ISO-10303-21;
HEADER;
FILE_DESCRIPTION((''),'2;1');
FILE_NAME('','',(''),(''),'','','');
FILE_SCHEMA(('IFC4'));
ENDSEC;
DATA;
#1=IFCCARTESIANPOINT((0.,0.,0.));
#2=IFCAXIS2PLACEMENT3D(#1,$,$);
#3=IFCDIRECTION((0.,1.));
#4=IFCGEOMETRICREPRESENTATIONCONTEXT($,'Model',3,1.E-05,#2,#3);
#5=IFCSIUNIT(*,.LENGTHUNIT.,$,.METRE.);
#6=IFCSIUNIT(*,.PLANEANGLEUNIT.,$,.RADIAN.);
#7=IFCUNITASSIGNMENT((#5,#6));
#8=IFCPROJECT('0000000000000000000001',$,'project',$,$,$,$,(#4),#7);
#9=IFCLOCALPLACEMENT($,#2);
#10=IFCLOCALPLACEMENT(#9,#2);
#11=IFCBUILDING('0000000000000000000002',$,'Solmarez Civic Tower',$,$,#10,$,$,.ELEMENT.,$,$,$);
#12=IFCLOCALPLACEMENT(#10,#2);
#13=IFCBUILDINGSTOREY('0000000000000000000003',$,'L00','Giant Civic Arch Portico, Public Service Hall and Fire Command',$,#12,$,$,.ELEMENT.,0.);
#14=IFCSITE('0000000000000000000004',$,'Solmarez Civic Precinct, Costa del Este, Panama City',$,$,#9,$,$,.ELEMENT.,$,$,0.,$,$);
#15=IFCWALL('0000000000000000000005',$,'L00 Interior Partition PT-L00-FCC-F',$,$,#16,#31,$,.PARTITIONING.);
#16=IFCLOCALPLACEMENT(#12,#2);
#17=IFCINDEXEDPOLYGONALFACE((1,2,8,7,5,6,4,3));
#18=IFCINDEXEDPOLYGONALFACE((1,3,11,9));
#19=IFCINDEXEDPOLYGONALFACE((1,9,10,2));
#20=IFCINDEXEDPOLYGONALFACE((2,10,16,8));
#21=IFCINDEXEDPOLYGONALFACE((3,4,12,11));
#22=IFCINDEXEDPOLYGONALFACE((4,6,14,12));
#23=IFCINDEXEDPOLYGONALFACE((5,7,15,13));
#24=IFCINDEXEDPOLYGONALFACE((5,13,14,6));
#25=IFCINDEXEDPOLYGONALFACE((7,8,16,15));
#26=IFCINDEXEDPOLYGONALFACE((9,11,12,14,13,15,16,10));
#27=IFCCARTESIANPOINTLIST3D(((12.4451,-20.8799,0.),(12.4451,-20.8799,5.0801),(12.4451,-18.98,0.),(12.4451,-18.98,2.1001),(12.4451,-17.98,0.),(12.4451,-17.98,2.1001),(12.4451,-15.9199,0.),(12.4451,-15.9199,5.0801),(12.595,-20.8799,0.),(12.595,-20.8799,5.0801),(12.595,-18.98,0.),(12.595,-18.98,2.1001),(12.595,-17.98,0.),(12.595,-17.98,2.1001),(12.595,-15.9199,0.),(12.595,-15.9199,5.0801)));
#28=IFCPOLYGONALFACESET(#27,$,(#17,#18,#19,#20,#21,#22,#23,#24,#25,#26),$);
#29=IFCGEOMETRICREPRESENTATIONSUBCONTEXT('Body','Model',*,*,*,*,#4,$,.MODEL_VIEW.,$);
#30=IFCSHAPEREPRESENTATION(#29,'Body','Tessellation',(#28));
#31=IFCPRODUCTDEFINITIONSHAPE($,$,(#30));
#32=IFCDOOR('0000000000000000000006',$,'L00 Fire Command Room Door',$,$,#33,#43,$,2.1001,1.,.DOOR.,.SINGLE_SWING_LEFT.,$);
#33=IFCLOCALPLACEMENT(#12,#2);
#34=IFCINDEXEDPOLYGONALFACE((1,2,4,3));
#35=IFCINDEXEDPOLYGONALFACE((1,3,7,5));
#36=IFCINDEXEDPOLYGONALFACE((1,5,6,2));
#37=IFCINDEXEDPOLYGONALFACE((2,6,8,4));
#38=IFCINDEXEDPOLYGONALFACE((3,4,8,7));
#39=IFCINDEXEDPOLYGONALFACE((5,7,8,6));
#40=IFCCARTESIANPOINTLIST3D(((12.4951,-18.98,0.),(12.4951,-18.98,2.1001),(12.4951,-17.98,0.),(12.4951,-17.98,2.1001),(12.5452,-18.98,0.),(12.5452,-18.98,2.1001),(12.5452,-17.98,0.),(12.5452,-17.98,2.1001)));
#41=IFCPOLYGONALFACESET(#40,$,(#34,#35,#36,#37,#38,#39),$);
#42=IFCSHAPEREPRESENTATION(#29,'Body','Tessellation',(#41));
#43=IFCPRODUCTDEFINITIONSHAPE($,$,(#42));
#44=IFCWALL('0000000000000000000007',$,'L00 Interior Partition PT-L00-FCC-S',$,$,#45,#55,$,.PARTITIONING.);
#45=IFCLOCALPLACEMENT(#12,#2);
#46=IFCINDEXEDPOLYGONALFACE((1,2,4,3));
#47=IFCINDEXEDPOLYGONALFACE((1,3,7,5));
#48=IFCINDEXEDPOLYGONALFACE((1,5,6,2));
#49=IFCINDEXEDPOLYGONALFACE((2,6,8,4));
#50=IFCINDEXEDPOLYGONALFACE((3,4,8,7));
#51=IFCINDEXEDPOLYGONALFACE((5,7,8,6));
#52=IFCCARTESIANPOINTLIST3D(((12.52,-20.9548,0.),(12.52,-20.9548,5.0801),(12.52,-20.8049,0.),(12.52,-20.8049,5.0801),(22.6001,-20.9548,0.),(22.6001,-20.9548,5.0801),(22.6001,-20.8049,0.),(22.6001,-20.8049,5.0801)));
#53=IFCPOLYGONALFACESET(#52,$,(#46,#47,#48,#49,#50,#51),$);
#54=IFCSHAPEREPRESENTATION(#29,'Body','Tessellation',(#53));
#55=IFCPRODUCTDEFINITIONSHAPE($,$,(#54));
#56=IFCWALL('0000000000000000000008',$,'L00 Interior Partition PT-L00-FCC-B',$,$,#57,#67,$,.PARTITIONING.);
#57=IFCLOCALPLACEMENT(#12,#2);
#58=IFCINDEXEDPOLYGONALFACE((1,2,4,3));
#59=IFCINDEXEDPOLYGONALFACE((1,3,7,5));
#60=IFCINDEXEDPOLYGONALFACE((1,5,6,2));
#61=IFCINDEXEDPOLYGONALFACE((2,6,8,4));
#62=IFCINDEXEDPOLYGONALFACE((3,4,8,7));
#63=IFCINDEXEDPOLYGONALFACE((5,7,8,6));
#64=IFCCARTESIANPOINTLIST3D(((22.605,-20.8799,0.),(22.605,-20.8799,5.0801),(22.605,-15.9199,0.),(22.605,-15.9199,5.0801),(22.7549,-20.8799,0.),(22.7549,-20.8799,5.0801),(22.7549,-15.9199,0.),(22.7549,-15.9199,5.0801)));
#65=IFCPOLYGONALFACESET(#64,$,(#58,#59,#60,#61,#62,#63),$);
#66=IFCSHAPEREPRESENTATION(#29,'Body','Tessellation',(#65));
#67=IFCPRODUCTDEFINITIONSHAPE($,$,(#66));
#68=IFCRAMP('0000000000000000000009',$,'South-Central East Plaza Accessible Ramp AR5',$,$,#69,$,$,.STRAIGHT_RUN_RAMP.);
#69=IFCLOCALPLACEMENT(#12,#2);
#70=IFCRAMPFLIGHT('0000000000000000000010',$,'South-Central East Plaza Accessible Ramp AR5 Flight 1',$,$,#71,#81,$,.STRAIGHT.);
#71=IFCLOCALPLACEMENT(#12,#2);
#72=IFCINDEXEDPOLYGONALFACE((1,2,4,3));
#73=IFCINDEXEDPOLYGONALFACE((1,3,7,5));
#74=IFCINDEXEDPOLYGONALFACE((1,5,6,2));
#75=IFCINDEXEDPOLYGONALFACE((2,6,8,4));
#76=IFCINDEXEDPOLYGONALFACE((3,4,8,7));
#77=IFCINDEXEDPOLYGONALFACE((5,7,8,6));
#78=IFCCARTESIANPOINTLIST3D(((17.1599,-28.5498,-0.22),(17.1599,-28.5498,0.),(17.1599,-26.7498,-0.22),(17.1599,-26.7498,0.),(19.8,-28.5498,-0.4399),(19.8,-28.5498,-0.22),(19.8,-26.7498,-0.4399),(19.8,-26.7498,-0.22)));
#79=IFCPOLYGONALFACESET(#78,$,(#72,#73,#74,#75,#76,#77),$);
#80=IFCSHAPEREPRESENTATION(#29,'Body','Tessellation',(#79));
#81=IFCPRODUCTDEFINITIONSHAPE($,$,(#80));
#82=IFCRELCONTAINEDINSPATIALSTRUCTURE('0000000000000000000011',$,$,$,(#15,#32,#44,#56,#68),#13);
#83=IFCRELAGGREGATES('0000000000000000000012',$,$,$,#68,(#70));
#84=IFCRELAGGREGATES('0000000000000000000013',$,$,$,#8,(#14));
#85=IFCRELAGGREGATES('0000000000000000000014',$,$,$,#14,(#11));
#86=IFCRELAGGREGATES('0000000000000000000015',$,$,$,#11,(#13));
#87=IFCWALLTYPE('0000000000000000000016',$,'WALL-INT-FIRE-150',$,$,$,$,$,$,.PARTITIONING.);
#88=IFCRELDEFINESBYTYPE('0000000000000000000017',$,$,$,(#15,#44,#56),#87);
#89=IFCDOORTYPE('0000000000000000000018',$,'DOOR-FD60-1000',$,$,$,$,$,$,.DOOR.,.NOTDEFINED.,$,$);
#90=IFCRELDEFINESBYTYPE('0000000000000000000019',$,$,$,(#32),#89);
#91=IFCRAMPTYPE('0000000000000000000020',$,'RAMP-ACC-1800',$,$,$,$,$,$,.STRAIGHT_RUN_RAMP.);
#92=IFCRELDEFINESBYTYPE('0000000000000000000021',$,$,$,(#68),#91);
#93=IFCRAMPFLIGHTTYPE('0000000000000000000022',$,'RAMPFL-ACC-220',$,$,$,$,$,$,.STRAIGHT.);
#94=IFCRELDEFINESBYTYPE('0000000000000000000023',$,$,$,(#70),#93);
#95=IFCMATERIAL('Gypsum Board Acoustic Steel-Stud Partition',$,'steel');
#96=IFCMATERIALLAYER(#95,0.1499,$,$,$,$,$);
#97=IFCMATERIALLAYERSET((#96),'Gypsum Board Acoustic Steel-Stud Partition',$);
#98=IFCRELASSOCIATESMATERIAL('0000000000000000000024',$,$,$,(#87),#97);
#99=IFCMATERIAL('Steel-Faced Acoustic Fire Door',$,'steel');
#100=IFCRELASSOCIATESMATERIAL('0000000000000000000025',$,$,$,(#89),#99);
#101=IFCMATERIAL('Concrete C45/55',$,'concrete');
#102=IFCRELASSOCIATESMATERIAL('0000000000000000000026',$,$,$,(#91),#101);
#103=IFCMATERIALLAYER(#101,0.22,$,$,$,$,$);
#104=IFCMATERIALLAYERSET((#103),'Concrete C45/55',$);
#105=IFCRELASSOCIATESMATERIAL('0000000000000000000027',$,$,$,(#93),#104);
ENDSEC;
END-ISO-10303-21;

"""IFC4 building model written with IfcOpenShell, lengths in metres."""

from ifc_helpers import new_model, si_unit, direction, frame, frame_2d, origin, place, context, subcontext, project, spatial, polyline, rectangle, outline, extrude, material, layer, layer_set, type_object, element, fill, aggregate, save


model = new_model("IFC4")

# Units and contexts
model_context = context("Model", 3, precision=1e-05, world=origin(), true_north=direction((0.0, 1.0)))
body_context = subcontext(model_context, "Body", "Model", "MODEL_VIEW")
ifc_project = project(units=[si_unit("LENGTHUNIT", "METRE"), si_unit("PLANEANGLEUNIT", "RADIAN")], contexts=[model_context])

# Site, building, storey
site_placement = place(None, origin())
site = spatial("IfcSite", under=ifc_project, at=site_placement, Name="Solmarez Civic Precinct, Costa del Este, Panama City", CompositionType="ELEMENT", RefElevation=0.0)
building_placement = place(site_placement, origin())
building = spatial("IfcBuilding", under=site, at=building_placement, Name="Solmarez Civic Tower", CompositionType="ELEMENT")
storey_placement = place(building_placement, origin())
storey = spatial("IfcBuildingStorey", under=building, at=storey_placement, Name="L00", Description="Giant Civic Arch Portico, Public Service Hall and Fire Command", CompositionType="ELEMENT", Elevation=0.0)

# Shared definitions
ifc_material_1 = material(Name="Gypsum Board Acoustic Steel-Stud Partition", Category="steel")
ifc_layer_1 = layer(ifc_material_1, 0.1499)
ifc_layer_set_1 = layer_set([ifc_layer_1], Name="Gypsum Board Acoustic Steel-Stud Partition")
wall_type_1 = type_object("IfcWallType", Name="WALL-INT-FIRE-150", PredefinedType="PARTITIONING", material=ifc_layer_set_1)

# Wall, opening, door
wall_1_placement = place(storey_placement, frame((12.52, -20.8799, 0.0), z_axis=(0.0, 0.0, 1.0), x_axis=(0.0, 1.0, 0.0)))
wall_1 = element("IfcWall", 1, at=wall_1_placement, inside=storey, type_object=wall_type_1, Name="L00 Interior Partition PT-L00-FCC-F", PredefinedType="PARTITIONING", context=body_context, shape_type="SweptSolid", body=[
    extrude(rectangle(XDim=4.96, YDim=0.1499, at=frame_2d((2.48, 0.0))), origin(), (0.0, 0.0, 1.0), 5.0801),
])
opening_1_placement = place(wall_1_placement, frame((1.8999, 0.0, 0.0)))
opening_1 = element("IfcOpeningElement", 2, at=opening_1_placement, cuts=wall_1, PredefinedType="OPENING", context=body_context, shape_type="SweptSolid", body=[
    extrude(rectangle(XDim=1.0, YDim=2.1001, at=frame_2d((0.5, 1.05))), frame((0.0, 0.085, 0.0), z_axis=(0.0, -1.0, 0.0), x_axis=(1.0, 0.0, 0.0)), (0.0, 0.0, 1.0), 0.1699),
])
ifc_material_2 = material(Name="Steel-Faced Acoustic Fire Door", Category="steel")
door_type_1 = type_object("IfcDoorType", Name="DOOR-FD60-1000", OperationType="NOTDEFINED", PredefinedType="DOOR", material=ifc_material_2)
door_1_placement = place(opening_1_placement, origin())
door_1 = element("IfcDoor", 3, at=door_1_placement, inside=storey, type_object=door_type_1, Name="L00 Fire Command Room Door", OperationType="SINGLE_SWING_LEFT", OverallHeight=2.1001, OverallWidth=1.0, PredefinedType="DOOR", context=body_context, shape_type="SweptSolid", body=[
    extrude(rectangle(XDim=1.0, YDim=2.1001, at=frame_2d((0.5, 1.05))), frame((0.0, 0.0249, 0.0), z_axis=(0.0, -1.0, 0.0), x_axis=(1.0, 0.0, 0.0)), (0.0, 0.0, 1.0), 0.05),
])
fill(opening_1, door_1)

# Walls
wall_2_placement = place(storey_placement, frame((12.52, -20.8799, 0.0), z_axis=(0.0, 0.0, 1.0), x_axis=(1.0, 0.0, 0.0)))
element("IfcWall", 4, at=wall_2_placement, inside=storey, type_object=wall_type_1, Name="L00 Interior Partition PT-L00-FCC-S", PredefinedType="PARTITIONING", context=body_context, shape_type="SweptSolid", body=[
    extrude(rectangle(XDim=10.0801, YDim=0.1499, at=frame_2d((5.04, 0.0))), origin(), (0.0, 0.0, 1.0), 5.0801),
])
wall_3_placement = place(storey_placement, frame((22.6799, -20.8799, 0.0), z_axis=(0.0, 0.0, 1.0), x_axis=(0.0, 1.0, 0.0)))
element("IfcWall", 5, at=wall_3_placement, inside=storey, type_object=wall_type_1, Name="L00 Interior Partition PT-L00-FCC-B", PredefinedType="PARTITIONING", context=body_context, shape_type="SweptSolid", body=[
    extrude(rectangle(XDim=4.96, YDim=0.1499, at=frame_2d((2.48, 0.0))), origin(), (0.0, 0.0, 1.0), 5.0801),
])

# Ramp, ramp flight
ifc_material_3 = material(Name="Concrete C45/55", Category="concrete")
ramp_type = type_object("IfcRampType", Name="RAMP-ACC-1800", PredefinedType="STRAIGHT_RUN_RAMP", material=ifc_material_3)
ramp_placement = place(storey_placement, origin())
ramp = element("IfcRamp", 6, at=ramp_placement, inside=storey, type_object=ramp_type, Name="South-Central East Plaza Accessible Ramp AR5", PredefinedType="STRAIGHT_RUN_RAMP")
ifc_layer_2 = layer(ifc_material_3, 0.22)
ifc_layer_set_2 = layer_set([ifc_layer_2], Name="Concrete C45/55")
ramp_flight_type = type_object("IfcRampFlightType", Name="RAMPFL-ACC-220", PredefinedType="STRAIGHT", material=ifc_layer_set_2)
ramp_flight_placement = place(storey_placement, frame((19.8, -27.6499, -0.22), z_axis=(0.0, 0.0, 1.0), x_axis=(-1.0, 0.0, 0.0)))
ramp_flight = element("IfcRampFlight", 7, at=ramp_flight_placement, type_object=ramp_flight_type, Name="South-Central East Plaza Accessible Ramp AR5 Flight 1", PredefinedType="STRAIGHT", context=body_context, shape_type="SweptSolid", body=[
    extrude(outline(polyline([(0.0, 0.0), (2.6401, 0.22), (2.6401, 0.0), (0.0, -0.22), (0.0, 0.0)])), frame((0.0, 0.8999, 0.0), z_axis=(0.0, -1.0, 0.0), x_axis=(1.0, 0.0, 0.0)), (0.0, 0.0, 1.0), 1.8),
])
aggregate(ramp, [ramp_flight])

save(model, "model.ifc")
